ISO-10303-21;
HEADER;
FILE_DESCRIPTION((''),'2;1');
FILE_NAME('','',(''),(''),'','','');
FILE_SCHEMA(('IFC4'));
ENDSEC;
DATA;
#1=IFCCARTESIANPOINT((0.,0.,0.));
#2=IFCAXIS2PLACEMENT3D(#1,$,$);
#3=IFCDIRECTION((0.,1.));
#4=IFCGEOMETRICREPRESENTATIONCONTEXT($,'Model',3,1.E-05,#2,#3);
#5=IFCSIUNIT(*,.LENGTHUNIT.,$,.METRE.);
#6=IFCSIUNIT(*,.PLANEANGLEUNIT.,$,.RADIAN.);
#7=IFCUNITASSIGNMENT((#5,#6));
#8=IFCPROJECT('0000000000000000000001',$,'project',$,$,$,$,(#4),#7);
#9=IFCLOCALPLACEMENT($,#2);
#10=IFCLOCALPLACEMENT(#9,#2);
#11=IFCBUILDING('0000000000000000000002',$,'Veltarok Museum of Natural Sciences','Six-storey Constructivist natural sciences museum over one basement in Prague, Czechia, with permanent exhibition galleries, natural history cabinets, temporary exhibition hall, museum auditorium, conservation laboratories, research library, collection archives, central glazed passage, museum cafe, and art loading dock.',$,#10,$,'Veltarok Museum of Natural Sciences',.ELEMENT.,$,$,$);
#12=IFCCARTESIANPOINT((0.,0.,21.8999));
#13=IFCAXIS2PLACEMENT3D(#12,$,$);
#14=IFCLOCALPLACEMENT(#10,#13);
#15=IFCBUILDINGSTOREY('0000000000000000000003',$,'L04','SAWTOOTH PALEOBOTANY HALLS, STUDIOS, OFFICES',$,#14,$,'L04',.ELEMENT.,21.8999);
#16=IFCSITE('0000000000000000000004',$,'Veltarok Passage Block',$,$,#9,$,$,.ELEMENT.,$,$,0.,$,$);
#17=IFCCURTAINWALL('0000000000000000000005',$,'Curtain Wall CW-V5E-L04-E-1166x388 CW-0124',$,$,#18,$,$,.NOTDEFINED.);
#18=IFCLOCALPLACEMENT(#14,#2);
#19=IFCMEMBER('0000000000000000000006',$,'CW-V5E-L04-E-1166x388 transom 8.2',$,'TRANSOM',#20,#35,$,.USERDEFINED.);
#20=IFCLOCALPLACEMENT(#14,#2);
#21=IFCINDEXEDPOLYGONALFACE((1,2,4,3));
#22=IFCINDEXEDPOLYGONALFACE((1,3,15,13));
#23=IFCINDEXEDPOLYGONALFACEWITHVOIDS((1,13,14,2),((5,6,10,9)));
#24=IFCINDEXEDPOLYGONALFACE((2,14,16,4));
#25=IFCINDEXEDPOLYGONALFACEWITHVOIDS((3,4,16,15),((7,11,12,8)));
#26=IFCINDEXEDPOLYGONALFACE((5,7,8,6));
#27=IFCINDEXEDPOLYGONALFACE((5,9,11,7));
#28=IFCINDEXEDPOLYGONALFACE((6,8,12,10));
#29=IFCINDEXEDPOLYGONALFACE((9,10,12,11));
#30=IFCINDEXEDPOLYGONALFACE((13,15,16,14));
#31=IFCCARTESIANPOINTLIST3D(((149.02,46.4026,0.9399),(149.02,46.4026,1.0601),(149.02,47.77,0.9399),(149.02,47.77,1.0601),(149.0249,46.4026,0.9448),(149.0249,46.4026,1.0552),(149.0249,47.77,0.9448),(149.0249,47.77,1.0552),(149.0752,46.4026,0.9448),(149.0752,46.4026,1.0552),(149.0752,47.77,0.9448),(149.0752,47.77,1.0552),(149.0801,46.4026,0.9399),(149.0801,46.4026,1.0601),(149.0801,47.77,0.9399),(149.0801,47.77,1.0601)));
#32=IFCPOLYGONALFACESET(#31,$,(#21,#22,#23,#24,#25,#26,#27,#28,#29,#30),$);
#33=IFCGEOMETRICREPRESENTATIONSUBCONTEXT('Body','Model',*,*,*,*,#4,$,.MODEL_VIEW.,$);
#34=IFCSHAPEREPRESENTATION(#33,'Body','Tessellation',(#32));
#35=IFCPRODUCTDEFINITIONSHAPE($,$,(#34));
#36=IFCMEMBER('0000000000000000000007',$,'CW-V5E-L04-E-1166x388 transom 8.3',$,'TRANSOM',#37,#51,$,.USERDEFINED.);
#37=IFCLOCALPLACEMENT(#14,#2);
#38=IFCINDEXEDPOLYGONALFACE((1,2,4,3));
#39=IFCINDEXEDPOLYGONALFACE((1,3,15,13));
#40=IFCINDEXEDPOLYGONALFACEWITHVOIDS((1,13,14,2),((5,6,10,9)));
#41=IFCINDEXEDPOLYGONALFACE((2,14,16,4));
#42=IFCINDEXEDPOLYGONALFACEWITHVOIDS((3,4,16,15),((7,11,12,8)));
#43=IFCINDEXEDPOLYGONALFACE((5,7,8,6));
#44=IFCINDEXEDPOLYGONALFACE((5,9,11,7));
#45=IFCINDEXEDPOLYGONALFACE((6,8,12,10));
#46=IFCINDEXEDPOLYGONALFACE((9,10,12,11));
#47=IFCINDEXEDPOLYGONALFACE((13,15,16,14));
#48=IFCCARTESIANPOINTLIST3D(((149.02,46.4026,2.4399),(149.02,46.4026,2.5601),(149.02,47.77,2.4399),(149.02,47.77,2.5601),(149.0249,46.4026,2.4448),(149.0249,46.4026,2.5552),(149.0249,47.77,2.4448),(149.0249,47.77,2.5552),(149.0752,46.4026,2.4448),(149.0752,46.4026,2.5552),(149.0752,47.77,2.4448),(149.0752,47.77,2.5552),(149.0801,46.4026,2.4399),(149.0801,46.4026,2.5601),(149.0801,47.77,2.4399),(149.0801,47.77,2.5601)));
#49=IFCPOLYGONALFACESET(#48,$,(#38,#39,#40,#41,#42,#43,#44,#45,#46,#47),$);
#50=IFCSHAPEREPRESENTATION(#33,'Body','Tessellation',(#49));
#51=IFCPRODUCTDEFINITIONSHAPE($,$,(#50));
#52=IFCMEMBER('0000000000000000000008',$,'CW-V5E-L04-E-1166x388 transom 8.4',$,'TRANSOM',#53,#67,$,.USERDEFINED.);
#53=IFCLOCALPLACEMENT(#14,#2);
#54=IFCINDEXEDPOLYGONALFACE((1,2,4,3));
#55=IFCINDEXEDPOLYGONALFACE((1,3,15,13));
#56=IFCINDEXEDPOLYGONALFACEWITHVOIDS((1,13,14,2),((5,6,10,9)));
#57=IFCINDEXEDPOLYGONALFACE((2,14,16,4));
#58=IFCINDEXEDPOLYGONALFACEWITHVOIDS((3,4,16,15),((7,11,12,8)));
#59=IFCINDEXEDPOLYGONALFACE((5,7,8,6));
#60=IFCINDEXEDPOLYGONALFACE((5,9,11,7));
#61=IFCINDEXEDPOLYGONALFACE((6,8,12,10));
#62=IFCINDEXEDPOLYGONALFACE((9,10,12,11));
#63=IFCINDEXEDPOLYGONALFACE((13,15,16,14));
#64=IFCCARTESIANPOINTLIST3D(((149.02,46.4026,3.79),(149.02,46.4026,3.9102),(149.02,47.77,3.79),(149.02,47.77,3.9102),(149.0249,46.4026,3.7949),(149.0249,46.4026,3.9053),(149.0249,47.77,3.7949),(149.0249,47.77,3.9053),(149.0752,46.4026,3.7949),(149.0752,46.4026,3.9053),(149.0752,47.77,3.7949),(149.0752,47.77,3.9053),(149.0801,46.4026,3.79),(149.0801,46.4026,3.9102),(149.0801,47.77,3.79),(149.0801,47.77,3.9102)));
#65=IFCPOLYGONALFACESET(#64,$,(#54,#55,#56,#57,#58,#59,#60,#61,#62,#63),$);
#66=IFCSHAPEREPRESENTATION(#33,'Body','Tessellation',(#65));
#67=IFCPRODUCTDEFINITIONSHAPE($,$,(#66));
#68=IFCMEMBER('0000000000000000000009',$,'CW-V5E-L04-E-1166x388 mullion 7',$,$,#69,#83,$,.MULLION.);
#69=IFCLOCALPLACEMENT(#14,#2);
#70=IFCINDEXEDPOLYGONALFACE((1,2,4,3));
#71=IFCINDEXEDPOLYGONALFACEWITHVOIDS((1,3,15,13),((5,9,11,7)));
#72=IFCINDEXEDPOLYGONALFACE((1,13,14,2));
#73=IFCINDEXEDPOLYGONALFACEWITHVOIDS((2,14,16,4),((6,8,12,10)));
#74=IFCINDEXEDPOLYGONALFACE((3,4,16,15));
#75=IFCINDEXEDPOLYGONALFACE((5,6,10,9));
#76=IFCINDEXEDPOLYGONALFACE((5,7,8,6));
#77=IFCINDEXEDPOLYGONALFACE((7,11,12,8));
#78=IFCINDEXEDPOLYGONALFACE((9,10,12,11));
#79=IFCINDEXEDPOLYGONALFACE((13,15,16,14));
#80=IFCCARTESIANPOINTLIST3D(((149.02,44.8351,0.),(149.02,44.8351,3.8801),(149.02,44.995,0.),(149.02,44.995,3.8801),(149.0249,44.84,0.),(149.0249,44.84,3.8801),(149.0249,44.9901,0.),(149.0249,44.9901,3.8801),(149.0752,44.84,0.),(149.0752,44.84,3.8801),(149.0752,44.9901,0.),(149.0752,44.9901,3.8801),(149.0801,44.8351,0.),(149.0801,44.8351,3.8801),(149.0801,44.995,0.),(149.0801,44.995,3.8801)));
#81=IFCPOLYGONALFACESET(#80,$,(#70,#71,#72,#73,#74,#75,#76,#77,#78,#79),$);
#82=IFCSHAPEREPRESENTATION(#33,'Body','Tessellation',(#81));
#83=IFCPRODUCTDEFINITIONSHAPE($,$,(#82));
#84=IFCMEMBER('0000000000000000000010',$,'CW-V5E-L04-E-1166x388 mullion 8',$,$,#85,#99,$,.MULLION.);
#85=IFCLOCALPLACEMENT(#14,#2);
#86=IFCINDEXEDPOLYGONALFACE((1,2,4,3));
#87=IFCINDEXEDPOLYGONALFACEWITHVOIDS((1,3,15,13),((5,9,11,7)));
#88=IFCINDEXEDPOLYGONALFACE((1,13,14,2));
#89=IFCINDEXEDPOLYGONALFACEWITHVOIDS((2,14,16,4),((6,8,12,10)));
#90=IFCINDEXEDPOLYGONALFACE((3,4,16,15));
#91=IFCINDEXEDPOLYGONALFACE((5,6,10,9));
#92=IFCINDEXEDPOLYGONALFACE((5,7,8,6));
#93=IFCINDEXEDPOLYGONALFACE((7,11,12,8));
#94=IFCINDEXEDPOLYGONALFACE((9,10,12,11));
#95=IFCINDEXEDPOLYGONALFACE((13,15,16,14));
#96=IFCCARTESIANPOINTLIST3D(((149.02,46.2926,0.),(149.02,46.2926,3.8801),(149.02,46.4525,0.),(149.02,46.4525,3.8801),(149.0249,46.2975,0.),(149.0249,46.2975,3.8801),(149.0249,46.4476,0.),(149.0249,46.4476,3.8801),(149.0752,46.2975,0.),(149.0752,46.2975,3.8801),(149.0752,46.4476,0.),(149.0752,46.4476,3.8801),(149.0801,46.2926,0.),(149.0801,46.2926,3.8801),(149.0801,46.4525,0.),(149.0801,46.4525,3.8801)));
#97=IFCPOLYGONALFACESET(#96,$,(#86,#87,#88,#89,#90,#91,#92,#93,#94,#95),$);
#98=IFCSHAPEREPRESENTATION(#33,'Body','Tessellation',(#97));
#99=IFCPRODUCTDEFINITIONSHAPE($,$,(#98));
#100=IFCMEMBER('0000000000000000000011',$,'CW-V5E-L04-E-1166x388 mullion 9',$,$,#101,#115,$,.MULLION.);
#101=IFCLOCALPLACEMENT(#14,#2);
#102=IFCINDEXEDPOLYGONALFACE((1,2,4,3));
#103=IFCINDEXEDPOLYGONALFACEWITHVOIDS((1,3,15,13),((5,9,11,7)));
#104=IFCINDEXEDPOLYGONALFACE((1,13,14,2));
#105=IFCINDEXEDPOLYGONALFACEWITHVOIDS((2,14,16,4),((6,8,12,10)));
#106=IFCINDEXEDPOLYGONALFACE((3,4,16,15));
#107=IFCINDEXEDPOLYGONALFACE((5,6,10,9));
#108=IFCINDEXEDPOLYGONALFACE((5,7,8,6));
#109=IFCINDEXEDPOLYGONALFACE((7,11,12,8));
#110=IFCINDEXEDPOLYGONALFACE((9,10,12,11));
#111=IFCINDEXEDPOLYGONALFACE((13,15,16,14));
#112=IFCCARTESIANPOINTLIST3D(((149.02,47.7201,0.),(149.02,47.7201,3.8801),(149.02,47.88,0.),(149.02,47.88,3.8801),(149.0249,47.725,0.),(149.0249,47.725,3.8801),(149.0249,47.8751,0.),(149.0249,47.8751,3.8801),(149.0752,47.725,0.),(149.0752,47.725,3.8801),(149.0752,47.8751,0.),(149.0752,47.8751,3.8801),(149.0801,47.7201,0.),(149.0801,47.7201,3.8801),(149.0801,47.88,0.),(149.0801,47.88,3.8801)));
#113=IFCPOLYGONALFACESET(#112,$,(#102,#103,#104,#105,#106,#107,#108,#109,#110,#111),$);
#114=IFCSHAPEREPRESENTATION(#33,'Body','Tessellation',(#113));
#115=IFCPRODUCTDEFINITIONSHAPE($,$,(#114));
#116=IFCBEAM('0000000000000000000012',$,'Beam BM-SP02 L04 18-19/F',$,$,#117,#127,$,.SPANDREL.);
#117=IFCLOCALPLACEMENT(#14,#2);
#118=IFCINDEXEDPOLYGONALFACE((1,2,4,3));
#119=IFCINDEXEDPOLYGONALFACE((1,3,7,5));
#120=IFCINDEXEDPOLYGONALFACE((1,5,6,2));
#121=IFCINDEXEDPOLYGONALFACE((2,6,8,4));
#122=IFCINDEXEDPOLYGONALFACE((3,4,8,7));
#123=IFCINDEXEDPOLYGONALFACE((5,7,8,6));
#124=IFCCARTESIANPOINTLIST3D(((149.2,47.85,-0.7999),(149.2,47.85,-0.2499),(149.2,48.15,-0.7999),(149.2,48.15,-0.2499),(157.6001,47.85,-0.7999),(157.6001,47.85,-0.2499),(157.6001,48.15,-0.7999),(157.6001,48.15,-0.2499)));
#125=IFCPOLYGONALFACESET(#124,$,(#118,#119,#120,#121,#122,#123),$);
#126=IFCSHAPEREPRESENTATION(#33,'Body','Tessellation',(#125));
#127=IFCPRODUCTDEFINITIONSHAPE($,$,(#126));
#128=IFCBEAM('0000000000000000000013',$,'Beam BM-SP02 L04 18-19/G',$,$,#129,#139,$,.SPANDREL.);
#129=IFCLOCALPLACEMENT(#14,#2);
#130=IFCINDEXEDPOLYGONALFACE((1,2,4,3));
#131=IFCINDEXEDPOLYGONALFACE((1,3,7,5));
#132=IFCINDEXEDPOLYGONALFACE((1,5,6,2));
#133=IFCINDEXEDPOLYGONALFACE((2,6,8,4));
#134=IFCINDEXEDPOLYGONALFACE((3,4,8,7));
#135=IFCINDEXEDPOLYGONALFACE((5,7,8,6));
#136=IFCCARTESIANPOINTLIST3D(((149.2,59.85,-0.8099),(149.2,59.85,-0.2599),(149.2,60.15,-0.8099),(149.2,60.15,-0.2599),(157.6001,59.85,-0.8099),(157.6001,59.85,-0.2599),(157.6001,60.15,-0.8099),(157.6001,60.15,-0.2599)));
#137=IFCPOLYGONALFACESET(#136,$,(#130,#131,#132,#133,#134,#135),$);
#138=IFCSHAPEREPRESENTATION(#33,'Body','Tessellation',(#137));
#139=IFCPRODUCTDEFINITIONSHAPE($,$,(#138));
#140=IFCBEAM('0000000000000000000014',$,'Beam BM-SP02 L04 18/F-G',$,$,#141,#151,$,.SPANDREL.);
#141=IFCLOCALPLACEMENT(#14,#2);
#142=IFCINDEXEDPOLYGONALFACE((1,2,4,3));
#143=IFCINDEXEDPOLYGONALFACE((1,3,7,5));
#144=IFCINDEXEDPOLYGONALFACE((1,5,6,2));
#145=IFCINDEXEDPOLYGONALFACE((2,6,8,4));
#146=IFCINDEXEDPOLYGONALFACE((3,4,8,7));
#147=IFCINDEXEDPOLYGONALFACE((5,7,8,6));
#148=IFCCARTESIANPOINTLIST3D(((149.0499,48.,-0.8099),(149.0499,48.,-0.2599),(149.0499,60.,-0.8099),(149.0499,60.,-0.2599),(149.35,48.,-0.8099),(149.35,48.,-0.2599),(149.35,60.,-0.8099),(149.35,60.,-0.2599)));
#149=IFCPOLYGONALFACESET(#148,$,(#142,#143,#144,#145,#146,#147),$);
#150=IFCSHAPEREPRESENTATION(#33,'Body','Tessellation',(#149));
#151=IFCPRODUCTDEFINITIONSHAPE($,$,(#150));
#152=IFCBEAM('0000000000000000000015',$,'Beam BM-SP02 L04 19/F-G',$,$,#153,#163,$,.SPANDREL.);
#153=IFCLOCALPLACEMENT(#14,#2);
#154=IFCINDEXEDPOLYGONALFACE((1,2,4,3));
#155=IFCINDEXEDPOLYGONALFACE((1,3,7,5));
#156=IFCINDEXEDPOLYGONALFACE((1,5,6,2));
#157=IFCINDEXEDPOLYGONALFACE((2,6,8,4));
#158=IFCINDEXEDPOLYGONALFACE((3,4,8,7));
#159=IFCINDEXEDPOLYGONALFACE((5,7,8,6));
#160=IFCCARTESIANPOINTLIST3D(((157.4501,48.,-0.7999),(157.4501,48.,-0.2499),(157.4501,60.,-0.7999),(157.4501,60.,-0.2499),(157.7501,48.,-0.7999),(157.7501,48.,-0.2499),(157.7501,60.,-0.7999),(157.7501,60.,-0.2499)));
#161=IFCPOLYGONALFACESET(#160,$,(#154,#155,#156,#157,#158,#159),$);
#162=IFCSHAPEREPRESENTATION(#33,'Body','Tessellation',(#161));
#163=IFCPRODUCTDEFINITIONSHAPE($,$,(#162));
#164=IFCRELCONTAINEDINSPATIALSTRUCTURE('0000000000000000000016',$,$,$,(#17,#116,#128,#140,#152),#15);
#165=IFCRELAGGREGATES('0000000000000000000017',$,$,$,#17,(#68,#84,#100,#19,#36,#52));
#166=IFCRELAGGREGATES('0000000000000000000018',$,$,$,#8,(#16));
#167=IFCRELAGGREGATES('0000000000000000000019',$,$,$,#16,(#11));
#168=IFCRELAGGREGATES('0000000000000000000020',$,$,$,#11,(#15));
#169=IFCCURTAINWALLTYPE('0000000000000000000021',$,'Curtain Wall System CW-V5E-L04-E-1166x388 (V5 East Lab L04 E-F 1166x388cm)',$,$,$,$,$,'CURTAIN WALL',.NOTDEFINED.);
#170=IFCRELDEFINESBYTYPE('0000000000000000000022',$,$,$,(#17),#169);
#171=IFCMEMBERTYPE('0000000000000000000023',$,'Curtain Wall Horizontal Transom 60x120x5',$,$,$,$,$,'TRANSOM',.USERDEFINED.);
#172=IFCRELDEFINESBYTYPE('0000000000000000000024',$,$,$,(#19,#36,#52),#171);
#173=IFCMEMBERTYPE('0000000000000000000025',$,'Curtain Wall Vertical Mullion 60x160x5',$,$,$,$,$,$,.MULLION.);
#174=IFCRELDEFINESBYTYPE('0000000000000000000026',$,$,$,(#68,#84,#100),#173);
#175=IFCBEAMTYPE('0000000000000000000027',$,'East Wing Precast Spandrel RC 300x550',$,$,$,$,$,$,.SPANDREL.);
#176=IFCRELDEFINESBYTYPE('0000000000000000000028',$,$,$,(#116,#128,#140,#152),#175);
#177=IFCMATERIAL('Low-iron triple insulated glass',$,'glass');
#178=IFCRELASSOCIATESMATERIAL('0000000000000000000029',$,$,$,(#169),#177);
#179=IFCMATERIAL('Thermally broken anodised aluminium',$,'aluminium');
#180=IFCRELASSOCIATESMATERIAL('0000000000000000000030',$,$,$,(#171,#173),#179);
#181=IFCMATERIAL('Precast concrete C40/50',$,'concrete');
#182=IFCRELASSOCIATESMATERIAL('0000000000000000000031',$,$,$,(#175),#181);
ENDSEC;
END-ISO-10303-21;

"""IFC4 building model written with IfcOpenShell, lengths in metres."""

from ifc_helpers import new_model, si_unit, direction, frame, origin, origin_2d, place, context, subcontext, project, spatial, rectangle, hollow_rectangle, extrude, material, material_profile, profile_set, type_object, element, aggregate, save


model = new_model("IFC4")

# Units and contexts
model_context = context("Model", 3, precision=1e-05, world=origin(), true_north=direction((0.0, 1.0)))
body_context = subcontext(model_context, "Body", "Model", "MODEL_VIEW")
ifc_project = project(units=[si_unit("LENGTHUNIT", "METRE"), si_unit("PLANEANGLEUNIT", "RADIAN")], contexts=[model_context])

# Site, building, storey
site_placement = place(None, origin())
site = spatial("IfcSite", under=ifc_project, at=site_placement, Name="Veltarok Passage Block", CompositionType="ELEMENT", RefElevation=0.0)
building_placement = place(site_placement, origin())
building = spatial("IfcBuilding", under=site, at=building_placement, Name="Veltarok Museum of Natural Sciences", Description="Six-storey Constructivist natural sciences museum over one basement in Prague, Czechia, with permanent exhibition galleries, natural history cabinets, temporary exhibition hall, museum auditorium, conservation laboratories, research library, collection archives, central glazed passage, museum cafe, and art loading dock.", LongName="Veltarok Museum of Natural Sciences", CompositionType="ELEMENT")
storey_placement = place(building_placement, frame((0.0, 0.0, 21.8999)))
storey = spatial("IfcBuildingStorey", under=building, at=storey_placement, Name="L04", Description="SAWTOOTH PALEOBOTANY HALLS, STUDIOS, OFFICES", LongName="L04", CompositionType="ELEMENT", Elevation=21.8999)

# Curtain wall, members
ifc_material_1 = material(Name="Low-iron triple insulated glass", Category="glass")
curtain_wall_type = type_object("IfcCurtainWallType", Name="Curtain Wall System CW-V5E-L04-E-1166x388 (V5 East Lab L04 E-F 1166x388cm)", ElementType="CURTAIN WALL", PredefinedType="NOTDEFINED", material=ifc_material_1)
curtain_wall_placement = place(storey_placement, origin())
curtain_wall = element("IfcCurtainWall", 1, at=curtain_wall_placement, inside=storey, type_object=curtain_wall_type, Name="Curtain Wall CW-V5E-L04-E-1166x388 CW-0124", PredefinedType="NOTDEFINED")
ifc_material_2 = material(Name="Thermally broken anodised aluminium", Category="aluminium")
ifc_material_profile_1 = material_profile(ifc_material_2, hollow_rectangle(XDim=0.0601, YDim=0.1201, WallThickness=0.0049, at=origin_2d()), Name="CW TRANSOM 60x120x5")
ifc_profile_set_1 = profile_set([ifc_material_profile_1], Name="Thermally broken anodised aluminium")
member_type_1 = type_object("IfcMemberType", Name="Curtain Wall Horizontal Transom 60x120x5", ElementType="TRANSOM", PredefinedType="USERDEFINED", material=ifc_profile_set_1)
member_1_placement = place(storey_placement, frame((149.05, 46.4026, 1.0), z_axis=(0.0, 1.0, 0.0), x_axis=(-1.0, 0.0, 0.0)))
member_1 = element("IfcMember", 2, at=member_1_placement, type_object=member_type_1, Name="CW-V5E-L04-E-1166x388 transom 8.2", ObjectType="TRANSOM", PredefinedType="USERDEFINED", context=body_context, shape_type="SweptSolid", body=[
    extrude(hollow_rectangle(XDim=0.0601, YDim=0.1201, WallThickness=0.0049, at=origin_2d()), origin(), (0.0, 0.0, 1.0), 1.3674),
])
member_2_placement = place(storey_placement, frame((149.05, 46.4026, 2.5), z_axis=(0.0, 1.0, 0.0), x_axis=(-1.0, 0.0, 0.0)))
member_2 = element("IfcMember", 3, at=member_2_placement, type_object=member_type_1, Name="CW-V5E-L04-E-1166x388 transom 8.3", ObjectType="TRANSOM", PredefinedType="USERDEFINED", context=body_context, shape_type="SweptSolid", body=[
    extrude(hollow_rectangle(XDim=0.0601, YDim=0.1201, WallThickness=0.0049, at=origin_2d()), origin(), (0.0, 0.0, 1.0), 1.3674),
])
member_3_placement = place(storey_placement, frame((149.05, 46.4026, 3.8501), z_axis=(0.0, 1.0, 0.0), x_axis=(-1.0, 0.0, 0.0)))
member_3 = element("IfcMember", 4, at=member_3_placement, type_object=member_type_1, Name="CW-V5E-L04-E-1166x388 transom 8.4", ObjectType="TRANSOM", PredefinedType="USERDEFINED", context=body_context, shape_type="SweptSolid", body=[
    extrude(hollow_rectangle(XDim=0.0601, YDim=0.1201, WallThickness=0.0049, at=origin_2d()), origin(), (0.0, 0.0, 1.0), 1.3674),
])
ifc_material_profile_2 = material_profile(ifc_material_2, hollow_rectangle(XDim=0.0601, YDim=0.1599, WallThickness=0.0049, at=origin_2d()), Name="CW MULLION 60x160x5")
ifc_profile_set_2 = profile_set([ifc_material_profile_2], Name="Thermally broken anodised aluminium")
member_type_2 = type_object("IfcMemberType", Name="Curtain Wall Vertical Mullion 60x160x5", PredefinedType="MULLION", material=ifc_profile_set_2)
member_4_placement = place(storey_placement, frame((149.05, 44.915, 0.0), z_axis=(0.0, 0.0, 1.0), x_axis=(-1.0, 0.0, 0.0)))
member_4 = element("IfcMember", 5, at=member_4_placement, type_object=member_type_2, Name="CW-V5E-L04-E-1166x388 mullion 7", PredefinedType="MULLION", context=body_context, shape_type="SweptSolid", body=[
    extrude(hollow_rectangle(XDim=0.0601, YDim=0.1599, WallThickness=0.0049, at=origin_2d()), origin(), (0.0, 0.0, 1.0), 3.8801),
])
member_5_placement = place(storey_placement, frame((149.05, 46.3726, 0.0), z_axis=(0.0, 0.0, 1.0), x_axis=(-1.0, 0.0, 0.0)))
member_5 = element("IfcMember", 6, at=member_5_placement, type_object=member_type_2, Name="CW-V5E-L04-E-1166x388 mullion 8", PredefinedType="MULLION", context=body_context, shape_type="SweptSolid", body=[
    extrude(hollow_rectangle(XDim=0.0601, YDim=0.1599, WallThickness=0.0049, at=origin_2d()), origin(), (0.0, 0.0, 1.0), 3.8801),
])
member_6_placement = place(storey_placement, frame((149.05, 47.8, 0.0), z_axis=(0.0, 0.0, 1.0), x_axis=(-1.0, 0.0, 0.0)))
member_6 = element("IfcMember", 7, at=member_6_placement, type_object=member_type_2, Name="CW-V5E-L04-E-1166x388 mullion 9", PredefinedType="MULLION", context=body_context, shape_type="SweptSolid", body=[
    extrude(hollow_rectangle(XDim=0.0601, YDim=0.1599, WallThickness=0.0049, at=origin_2d()), origin(), (0.0, 0.0, 1.0), 3.8801),
])

# Beams
ifc_material_3 = material(Name="Precast concrete C40/50", Category="concrete")
ifc_material_profile_3 = material_profile(ifc_material_3, rectangle(XDim=0.3, YDim=0.55, at=origin_2d()), Name="RC 300x550")
ifc_profile_set_3 = profile_set([ifc_material_profile_3], Name="Precast concrete C40/50")
beam_type_1 = type_object("IfcBeamType", Name="East Wing Precast Spandrel RC 300x550", PredefinedType="SPANDREL", material=ifc_profile_set_3)
for number, where, z_axis, x_axis, name in (
    (8, (149.2, 48.0, -0.5249), (1.0, 0.0, 0.0), (0.0, 1.0, 0.0), "Beam BM-SP02 L04 18-19/F"),
    (9, (149.2, 60.0, -0.5349), (1.0, 0.0, 0.0), (0.0, 1.0, 0.0), "Beam BM-SP02 L04 18-19/G"),
):
    element("IfcBeam", number, at=place(storey_placement, frame(where, z_axis=z_axis, x_axis=x_axis)), inside=storey, type_object=beam_type_1, Name=name, PredefinedType="SPANDREL", context=body_context, shape_type="SweptSolid", body=[
        extrude(rectangle(XDim=0.3, YDim=0.55, at=origin_2d()), origin(), (0.0, 0.0, 1.0), 8.4001),
    ])
for number, where, z_axis, x_axis, name in (
    (10, (149.2, 48.0, -0.5349), (0.0, 1.0, 0.0), (-1.0, 0.0, 0.0), "Beam BM-SP02 L04 18/F-G"),
    (11, (157.6001, 48.0, -0.5249), (0.0, 1.0, 0.0), (-1.0, 0.0, 0.0), "Beam BM-SP02 L04 19/F-G"),
):
    element("IfcBeam", number, at=place(storey_placement, frame(where, z_axis=z_axis, x_axis=x_axis)), inside=storey, type_object=beam_type_1, Name=name, PredefinedType="SPANDREL", context=body_context, shape_type="SweptSolid", body=[
        extrude(rectangle(XDim=0.3, YDim=0.55, at=origin_2d()), origin(), (0.0, 0.0, 1.0), 12.0),
    ])

aggregate(curtain_wall, [member_4, member_5, member_6, member_1, member_2, member_3])

save(model, "model.ifc")
